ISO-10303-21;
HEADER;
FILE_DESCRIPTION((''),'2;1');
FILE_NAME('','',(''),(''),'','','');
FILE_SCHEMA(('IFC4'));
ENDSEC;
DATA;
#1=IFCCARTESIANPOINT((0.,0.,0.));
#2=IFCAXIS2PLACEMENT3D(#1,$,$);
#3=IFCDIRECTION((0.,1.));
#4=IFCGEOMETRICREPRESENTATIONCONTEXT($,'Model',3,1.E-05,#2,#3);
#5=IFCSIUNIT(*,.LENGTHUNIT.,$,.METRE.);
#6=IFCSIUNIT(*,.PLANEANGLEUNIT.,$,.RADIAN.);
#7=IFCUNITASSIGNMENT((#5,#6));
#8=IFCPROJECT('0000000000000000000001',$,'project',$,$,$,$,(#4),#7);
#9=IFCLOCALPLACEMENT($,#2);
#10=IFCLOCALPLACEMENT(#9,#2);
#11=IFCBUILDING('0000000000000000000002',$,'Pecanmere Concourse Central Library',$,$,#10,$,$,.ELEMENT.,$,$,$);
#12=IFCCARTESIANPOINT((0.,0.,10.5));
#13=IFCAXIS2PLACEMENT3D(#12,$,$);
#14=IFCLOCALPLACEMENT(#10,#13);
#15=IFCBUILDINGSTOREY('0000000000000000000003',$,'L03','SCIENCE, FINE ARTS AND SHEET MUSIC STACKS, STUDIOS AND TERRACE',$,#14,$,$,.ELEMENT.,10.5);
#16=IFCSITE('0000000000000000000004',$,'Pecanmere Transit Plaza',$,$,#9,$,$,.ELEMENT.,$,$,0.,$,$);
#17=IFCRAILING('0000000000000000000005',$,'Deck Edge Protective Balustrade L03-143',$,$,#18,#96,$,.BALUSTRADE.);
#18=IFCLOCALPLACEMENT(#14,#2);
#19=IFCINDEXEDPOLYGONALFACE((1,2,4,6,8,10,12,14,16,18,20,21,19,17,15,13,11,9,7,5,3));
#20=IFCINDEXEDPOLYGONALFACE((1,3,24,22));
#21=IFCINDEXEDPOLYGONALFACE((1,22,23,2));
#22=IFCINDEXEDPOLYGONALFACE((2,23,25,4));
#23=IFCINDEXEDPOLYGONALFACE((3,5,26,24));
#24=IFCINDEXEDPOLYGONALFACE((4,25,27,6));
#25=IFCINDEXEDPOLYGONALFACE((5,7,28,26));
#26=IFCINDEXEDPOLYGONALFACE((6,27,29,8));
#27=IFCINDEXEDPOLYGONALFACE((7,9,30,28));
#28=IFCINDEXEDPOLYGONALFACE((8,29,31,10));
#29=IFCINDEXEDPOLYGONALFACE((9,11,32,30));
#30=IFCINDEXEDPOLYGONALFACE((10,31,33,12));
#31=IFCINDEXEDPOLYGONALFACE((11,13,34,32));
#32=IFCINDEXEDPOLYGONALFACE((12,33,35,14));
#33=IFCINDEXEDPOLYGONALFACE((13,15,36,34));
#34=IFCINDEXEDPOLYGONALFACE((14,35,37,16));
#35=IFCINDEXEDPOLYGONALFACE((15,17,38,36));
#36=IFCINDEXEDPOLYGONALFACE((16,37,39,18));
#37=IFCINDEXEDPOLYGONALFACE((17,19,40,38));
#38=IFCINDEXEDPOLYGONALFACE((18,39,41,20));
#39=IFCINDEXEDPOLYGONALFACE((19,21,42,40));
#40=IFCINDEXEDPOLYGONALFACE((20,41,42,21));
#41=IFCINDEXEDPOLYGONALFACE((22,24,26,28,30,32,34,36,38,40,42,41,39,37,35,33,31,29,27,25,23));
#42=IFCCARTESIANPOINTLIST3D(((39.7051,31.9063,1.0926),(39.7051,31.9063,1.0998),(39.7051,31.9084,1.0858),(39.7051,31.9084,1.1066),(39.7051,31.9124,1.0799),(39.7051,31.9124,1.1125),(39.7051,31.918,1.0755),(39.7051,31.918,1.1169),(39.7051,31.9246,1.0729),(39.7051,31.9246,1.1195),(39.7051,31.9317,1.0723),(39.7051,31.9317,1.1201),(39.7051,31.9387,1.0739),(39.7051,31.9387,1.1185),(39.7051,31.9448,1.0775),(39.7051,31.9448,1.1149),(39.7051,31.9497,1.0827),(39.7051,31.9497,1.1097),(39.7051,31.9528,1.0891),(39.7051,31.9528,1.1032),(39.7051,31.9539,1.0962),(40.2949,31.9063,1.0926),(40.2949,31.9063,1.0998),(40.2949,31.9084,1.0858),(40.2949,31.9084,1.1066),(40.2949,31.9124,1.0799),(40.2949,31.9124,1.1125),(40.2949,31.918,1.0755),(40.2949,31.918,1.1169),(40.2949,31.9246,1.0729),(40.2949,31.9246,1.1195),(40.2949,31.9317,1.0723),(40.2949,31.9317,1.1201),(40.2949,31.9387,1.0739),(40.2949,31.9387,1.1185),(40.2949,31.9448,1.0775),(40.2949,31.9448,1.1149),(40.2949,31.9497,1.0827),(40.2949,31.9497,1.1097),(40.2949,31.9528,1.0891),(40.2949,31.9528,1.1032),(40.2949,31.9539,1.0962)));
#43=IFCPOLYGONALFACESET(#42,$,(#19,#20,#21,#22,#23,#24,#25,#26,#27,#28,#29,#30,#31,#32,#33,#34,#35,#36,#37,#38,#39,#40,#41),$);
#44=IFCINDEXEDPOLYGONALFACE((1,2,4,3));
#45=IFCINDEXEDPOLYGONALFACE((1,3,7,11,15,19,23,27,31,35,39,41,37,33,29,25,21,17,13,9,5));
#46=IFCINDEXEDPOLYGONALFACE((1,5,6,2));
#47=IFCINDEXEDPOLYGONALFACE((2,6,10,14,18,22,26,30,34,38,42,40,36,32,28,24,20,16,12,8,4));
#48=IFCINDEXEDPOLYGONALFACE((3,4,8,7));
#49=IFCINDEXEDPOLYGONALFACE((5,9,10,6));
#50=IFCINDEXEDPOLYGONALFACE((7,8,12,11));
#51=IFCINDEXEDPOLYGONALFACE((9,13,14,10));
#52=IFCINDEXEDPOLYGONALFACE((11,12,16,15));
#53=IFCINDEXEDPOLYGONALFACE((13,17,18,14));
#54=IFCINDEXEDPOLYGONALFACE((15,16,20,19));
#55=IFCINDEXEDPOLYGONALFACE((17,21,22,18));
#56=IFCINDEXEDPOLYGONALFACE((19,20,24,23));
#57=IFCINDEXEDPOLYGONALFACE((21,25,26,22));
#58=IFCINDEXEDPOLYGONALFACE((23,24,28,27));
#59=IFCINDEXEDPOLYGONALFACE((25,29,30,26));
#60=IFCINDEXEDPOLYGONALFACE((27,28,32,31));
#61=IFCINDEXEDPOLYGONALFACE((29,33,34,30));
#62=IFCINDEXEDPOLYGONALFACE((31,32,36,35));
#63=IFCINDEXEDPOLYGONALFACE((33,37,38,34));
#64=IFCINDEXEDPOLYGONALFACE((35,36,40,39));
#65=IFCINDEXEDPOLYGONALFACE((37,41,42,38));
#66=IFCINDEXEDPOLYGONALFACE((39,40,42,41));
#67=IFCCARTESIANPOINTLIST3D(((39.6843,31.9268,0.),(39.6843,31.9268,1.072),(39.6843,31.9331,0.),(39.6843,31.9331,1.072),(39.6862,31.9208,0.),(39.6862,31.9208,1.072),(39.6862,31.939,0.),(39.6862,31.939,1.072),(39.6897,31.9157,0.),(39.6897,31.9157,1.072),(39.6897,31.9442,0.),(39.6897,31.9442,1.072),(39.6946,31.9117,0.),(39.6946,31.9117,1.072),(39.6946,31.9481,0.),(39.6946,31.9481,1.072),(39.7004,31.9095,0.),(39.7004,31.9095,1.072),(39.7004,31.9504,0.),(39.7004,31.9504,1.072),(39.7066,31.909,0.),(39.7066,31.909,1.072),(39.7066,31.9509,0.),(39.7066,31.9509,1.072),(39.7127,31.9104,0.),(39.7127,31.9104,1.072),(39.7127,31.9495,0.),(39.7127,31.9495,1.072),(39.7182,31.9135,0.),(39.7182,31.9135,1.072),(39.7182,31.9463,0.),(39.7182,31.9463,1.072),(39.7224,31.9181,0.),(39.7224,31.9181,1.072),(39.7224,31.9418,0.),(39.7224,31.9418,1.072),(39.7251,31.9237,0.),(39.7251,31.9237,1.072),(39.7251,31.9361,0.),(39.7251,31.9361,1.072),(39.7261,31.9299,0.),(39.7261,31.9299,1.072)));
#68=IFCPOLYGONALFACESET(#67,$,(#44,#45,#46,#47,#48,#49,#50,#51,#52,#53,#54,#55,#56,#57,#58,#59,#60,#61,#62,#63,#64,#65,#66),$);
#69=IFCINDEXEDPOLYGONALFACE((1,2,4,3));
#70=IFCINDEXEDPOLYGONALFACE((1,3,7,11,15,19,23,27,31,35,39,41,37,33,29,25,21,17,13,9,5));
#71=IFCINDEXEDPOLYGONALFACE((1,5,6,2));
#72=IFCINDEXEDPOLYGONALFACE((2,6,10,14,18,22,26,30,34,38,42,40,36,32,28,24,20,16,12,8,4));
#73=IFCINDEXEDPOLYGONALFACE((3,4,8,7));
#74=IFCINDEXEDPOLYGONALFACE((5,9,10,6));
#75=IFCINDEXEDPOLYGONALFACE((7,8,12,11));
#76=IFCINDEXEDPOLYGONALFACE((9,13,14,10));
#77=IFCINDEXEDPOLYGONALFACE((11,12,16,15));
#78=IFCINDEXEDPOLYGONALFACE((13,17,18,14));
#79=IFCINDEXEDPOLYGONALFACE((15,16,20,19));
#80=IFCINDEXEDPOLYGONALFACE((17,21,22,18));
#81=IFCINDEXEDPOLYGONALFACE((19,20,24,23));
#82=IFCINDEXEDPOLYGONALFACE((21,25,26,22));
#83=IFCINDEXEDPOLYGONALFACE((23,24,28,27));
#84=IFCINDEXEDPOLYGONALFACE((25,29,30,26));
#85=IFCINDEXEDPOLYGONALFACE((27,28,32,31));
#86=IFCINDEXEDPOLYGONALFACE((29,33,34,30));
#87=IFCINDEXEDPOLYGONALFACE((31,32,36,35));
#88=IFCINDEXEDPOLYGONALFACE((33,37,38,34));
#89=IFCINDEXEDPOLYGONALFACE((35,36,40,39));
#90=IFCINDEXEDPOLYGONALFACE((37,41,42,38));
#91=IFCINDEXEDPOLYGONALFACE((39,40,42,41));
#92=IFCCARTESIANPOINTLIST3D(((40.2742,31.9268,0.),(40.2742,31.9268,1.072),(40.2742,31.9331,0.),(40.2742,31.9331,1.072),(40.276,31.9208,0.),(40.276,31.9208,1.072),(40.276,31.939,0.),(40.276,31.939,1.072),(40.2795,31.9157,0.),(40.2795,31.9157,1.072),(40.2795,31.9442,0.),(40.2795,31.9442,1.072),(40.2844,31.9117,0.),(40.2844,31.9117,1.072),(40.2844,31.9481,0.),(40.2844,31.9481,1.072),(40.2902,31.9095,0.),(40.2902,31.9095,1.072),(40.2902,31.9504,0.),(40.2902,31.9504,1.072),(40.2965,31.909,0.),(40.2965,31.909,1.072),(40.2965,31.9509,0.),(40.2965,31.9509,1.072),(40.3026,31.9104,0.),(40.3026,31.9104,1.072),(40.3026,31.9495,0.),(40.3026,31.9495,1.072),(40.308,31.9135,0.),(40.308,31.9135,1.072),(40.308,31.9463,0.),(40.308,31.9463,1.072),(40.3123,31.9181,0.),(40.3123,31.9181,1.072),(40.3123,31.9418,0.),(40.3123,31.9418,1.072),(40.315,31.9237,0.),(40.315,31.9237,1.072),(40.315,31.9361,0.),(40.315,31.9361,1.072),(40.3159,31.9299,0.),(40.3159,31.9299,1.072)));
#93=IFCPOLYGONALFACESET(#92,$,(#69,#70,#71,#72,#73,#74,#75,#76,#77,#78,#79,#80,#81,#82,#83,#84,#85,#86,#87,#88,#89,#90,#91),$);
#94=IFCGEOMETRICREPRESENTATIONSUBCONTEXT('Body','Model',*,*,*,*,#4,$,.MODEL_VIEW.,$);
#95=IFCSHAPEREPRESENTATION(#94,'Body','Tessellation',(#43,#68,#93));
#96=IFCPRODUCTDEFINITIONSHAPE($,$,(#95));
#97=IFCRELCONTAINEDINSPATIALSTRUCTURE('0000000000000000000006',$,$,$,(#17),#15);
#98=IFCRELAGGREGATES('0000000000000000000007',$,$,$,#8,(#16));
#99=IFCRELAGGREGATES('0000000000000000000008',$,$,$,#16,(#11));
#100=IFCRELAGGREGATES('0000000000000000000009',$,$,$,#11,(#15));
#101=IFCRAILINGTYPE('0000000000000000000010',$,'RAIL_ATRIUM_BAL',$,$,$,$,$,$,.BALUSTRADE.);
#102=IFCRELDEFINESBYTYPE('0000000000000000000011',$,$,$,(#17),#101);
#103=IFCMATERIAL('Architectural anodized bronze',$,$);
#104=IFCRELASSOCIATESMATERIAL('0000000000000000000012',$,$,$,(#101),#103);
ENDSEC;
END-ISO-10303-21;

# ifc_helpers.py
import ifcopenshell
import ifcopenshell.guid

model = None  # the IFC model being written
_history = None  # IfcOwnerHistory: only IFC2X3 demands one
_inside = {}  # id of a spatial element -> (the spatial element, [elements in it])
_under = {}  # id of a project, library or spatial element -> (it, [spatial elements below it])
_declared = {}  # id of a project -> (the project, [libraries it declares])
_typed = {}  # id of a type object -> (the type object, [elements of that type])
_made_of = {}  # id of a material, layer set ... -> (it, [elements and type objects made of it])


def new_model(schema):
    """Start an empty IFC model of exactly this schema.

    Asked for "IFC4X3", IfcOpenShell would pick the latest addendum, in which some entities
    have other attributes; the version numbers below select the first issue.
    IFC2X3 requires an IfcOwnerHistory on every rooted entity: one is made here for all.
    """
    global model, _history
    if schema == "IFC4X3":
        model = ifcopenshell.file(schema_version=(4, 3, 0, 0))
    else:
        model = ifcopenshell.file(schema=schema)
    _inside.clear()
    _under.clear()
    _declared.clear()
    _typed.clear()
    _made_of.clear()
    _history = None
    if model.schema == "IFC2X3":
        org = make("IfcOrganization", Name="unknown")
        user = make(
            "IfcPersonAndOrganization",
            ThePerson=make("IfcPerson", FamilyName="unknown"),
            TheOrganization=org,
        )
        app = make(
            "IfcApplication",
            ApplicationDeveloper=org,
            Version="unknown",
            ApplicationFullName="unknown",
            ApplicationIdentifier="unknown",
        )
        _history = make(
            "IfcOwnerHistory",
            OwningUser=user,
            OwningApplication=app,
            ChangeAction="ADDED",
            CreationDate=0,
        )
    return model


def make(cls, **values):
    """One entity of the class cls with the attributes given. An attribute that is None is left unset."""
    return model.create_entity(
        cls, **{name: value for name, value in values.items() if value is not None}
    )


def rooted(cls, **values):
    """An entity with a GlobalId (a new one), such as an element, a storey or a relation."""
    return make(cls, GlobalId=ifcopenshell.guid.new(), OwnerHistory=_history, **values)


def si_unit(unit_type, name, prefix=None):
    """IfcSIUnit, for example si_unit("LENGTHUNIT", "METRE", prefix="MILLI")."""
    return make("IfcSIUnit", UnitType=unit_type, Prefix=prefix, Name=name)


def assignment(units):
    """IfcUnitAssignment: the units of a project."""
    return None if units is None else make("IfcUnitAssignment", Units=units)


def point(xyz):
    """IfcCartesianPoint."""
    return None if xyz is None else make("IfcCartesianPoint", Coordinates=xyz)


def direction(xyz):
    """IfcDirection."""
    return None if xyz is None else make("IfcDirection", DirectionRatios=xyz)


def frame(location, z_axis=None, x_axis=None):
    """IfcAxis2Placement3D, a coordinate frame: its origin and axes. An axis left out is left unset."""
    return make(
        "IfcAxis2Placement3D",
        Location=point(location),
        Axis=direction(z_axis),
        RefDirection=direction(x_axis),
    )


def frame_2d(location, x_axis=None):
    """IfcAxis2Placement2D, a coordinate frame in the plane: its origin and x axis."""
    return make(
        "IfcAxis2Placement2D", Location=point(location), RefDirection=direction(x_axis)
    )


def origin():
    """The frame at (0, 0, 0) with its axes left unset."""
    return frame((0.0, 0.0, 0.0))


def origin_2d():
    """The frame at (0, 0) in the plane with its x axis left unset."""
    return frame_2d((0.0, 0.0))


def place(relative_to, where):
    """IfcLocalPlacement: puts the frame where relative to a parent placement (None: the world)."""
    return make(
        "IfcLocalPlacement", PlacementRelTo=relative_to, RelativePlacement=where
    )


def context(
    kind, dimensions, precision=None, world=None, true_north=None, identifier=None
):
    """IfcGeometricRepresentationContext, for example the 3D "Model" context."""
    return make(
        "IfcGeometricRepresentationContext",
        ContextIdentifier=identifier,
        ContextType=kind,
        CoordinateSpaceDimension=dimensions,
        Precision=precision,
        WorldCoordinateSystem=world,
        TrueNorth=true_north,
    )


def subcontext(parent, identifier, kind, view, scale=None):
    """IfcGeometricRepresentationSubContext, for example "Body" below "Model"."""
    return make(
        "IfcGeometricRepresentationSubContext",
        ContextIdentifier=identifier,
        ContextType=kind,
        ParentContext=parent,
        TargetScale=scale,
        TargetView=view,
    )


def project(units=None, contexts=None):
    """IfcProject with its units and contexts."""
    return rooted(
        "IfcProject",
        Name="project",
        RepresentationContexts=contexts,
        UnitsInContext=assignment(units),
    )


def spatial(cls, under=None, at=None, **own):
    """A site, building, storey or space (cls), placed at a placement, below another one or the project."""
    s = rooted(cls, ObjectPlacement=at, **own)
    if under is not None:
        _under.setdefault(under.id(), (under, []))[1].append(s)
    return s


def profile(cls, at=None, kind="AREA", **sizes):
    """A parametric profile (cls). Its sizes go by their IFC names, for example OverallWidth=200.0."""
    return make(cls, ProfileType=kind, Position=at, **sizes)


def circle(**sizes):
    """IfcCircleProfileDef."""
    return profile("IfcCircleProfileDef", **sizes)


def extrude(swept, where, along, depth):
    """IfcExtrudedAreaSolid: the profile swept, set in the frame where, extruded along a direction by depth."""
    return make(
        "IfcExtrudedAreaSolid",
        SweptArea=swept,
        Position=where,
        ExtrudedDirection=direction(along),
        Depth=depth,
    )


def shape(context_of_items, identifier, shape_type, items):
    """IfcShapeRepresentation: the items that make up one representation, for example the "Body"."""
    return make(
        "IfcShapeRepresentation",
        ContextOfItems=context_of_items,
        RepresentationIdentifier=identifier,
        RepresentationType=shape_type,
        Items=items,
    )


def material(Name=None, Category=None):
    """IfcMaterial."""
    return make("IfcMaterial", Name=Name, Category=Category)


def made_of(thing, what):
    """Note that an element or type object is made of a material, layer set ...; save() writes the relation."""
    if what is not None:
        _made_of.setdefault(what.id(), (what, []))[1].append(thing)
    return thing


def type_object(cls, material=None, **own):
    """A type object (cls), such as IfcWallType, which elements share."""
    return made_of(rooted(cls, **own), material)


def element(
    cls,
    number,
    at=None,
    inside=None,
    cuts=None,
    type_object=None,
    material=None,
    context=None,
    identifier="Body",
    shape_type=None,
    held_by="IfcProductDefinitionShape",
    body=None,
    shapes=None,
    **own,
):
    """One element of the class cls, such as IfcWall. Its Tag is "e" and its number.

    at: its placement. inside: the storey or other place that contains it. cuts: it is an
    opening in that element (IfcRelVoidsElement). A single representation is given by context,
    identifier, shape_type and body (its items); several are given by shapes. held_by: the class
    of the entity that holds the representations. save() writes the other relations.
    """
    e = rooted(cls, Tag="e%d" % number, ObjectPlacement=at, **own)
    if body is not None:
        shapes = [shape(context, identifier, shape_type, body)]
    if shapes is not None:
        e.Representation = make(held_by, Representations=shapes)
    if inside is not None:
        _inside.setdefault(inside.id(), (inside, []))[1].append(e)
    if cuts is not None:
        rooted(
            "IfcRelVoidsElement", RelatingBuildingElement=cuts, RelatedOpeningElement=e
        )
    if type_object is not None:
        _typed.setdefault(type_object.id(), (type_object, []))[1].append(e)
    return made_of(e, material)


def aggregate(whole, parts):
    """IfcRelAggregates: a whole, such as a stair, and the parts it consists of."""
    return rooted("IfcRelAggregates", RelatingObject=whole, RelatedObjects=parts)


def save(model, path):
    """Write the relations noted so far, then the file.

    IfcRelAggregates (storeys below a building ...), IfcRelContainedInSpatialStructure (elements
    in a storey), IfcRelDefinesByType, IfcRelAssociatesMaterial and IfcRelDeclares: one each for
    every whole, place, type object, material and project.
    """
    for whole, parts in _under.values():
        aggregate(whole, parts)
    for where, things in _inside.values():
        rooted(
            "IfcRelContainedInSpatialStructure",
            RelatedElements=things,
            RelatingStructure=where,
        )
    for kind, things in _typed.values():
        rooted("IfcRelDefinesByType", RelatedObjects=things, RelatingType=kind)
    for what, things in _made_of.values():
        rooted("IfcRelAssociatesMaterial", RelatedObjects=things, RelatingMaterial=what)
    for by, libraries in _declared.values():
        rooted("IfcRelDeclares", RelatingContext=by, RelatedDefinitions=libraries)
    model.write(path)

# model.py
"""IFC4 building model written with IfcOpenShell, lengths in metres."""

from ifc_helpers import new_model, si_unit, direction, frame, origin, origin_2d, place, context, subcontext, project, spatial, circle, extrude, material, type_object, element, save


model = new_model("IFC4")

# Units and contexts
model_context = context("Model", 3, precision=1e-05, world=origin(), true_north=direction((0.0, 1.0)))
body_context = subcontext(model_context, "Body", "Model", "MODEL_VIEW")
ifc_project = project(units=[si_unit("LENGTHUNIT", "METRE"), si_unit("PLANEANGLEUNIT", "RADIAN")], contexts=[model_context])

# Site, building, storey
site_placement = place(None, origin())
site = spatial("IfcSite", under=ifc_project, at=site_placement, Name="Pecanmere Transit Plaza", CompositionType="ELEMENT", RefElevation=0.0)
building_placement = place(site_placement, origin())
building = spatial("IfcBuilding", under=site, at=building_placement, Name="Pecanmere Concourse Central Library", CompositionType="ELEMENT")
storey_placement = place(building_placement, frame((0.0, 0.0, 10.5)))
storey = spatial("IfcBuildingStorey", under=building, at=storey_placement, Name="L03", Description="SCIENCE, FINE ARTS AND SHEET MUSIC STACKS, STUDIOS AND TERRACE", CompositionType="ELEMENT", Elevation=10.5)

# Railing
ifc_material_1 = material(Name="Architectural anodized bronze")
railing_type = type_object("IfcRailingType", Name="RAIL_ATRIUM_BAL", PredefinedType="BALUSTRADE", material=ifc_material_1)
for number, where, name in (
    (1, (39.7051, 31.9299, 0.0), "Deck Edge Protective Balustrade L03-143"),
):
    element("IfcRailing", number, at=place(storey_placement, frame(where)), inside=storey, type_object=railing_type, Name=name, PredefinedType="BALUSTRADE", context=body_context, shape_type="SweptSolid", body=[
        extrude(circle(Radius=0.0239, at=origin_2d()), frame((0.0, 0.0, 1.0962), z_axis=(1.0, 0.0, 0.0), x_axis=(0.0, 1.0, 0.0)), (0.0, 0.0, 1.0), 0.5898),
        extrude(circle(Radius=0.021, at=origin_2d()), origin(), (0.0, 0.0, 1.0), 1.072),
        extrude(circle(Radius=0.021, at=origin_2d()), frame((0.5898, 0.0, 0.0)), (0.0, 0.0, 1.0), 1.072),
    ])

save(model, "model.ifc")
